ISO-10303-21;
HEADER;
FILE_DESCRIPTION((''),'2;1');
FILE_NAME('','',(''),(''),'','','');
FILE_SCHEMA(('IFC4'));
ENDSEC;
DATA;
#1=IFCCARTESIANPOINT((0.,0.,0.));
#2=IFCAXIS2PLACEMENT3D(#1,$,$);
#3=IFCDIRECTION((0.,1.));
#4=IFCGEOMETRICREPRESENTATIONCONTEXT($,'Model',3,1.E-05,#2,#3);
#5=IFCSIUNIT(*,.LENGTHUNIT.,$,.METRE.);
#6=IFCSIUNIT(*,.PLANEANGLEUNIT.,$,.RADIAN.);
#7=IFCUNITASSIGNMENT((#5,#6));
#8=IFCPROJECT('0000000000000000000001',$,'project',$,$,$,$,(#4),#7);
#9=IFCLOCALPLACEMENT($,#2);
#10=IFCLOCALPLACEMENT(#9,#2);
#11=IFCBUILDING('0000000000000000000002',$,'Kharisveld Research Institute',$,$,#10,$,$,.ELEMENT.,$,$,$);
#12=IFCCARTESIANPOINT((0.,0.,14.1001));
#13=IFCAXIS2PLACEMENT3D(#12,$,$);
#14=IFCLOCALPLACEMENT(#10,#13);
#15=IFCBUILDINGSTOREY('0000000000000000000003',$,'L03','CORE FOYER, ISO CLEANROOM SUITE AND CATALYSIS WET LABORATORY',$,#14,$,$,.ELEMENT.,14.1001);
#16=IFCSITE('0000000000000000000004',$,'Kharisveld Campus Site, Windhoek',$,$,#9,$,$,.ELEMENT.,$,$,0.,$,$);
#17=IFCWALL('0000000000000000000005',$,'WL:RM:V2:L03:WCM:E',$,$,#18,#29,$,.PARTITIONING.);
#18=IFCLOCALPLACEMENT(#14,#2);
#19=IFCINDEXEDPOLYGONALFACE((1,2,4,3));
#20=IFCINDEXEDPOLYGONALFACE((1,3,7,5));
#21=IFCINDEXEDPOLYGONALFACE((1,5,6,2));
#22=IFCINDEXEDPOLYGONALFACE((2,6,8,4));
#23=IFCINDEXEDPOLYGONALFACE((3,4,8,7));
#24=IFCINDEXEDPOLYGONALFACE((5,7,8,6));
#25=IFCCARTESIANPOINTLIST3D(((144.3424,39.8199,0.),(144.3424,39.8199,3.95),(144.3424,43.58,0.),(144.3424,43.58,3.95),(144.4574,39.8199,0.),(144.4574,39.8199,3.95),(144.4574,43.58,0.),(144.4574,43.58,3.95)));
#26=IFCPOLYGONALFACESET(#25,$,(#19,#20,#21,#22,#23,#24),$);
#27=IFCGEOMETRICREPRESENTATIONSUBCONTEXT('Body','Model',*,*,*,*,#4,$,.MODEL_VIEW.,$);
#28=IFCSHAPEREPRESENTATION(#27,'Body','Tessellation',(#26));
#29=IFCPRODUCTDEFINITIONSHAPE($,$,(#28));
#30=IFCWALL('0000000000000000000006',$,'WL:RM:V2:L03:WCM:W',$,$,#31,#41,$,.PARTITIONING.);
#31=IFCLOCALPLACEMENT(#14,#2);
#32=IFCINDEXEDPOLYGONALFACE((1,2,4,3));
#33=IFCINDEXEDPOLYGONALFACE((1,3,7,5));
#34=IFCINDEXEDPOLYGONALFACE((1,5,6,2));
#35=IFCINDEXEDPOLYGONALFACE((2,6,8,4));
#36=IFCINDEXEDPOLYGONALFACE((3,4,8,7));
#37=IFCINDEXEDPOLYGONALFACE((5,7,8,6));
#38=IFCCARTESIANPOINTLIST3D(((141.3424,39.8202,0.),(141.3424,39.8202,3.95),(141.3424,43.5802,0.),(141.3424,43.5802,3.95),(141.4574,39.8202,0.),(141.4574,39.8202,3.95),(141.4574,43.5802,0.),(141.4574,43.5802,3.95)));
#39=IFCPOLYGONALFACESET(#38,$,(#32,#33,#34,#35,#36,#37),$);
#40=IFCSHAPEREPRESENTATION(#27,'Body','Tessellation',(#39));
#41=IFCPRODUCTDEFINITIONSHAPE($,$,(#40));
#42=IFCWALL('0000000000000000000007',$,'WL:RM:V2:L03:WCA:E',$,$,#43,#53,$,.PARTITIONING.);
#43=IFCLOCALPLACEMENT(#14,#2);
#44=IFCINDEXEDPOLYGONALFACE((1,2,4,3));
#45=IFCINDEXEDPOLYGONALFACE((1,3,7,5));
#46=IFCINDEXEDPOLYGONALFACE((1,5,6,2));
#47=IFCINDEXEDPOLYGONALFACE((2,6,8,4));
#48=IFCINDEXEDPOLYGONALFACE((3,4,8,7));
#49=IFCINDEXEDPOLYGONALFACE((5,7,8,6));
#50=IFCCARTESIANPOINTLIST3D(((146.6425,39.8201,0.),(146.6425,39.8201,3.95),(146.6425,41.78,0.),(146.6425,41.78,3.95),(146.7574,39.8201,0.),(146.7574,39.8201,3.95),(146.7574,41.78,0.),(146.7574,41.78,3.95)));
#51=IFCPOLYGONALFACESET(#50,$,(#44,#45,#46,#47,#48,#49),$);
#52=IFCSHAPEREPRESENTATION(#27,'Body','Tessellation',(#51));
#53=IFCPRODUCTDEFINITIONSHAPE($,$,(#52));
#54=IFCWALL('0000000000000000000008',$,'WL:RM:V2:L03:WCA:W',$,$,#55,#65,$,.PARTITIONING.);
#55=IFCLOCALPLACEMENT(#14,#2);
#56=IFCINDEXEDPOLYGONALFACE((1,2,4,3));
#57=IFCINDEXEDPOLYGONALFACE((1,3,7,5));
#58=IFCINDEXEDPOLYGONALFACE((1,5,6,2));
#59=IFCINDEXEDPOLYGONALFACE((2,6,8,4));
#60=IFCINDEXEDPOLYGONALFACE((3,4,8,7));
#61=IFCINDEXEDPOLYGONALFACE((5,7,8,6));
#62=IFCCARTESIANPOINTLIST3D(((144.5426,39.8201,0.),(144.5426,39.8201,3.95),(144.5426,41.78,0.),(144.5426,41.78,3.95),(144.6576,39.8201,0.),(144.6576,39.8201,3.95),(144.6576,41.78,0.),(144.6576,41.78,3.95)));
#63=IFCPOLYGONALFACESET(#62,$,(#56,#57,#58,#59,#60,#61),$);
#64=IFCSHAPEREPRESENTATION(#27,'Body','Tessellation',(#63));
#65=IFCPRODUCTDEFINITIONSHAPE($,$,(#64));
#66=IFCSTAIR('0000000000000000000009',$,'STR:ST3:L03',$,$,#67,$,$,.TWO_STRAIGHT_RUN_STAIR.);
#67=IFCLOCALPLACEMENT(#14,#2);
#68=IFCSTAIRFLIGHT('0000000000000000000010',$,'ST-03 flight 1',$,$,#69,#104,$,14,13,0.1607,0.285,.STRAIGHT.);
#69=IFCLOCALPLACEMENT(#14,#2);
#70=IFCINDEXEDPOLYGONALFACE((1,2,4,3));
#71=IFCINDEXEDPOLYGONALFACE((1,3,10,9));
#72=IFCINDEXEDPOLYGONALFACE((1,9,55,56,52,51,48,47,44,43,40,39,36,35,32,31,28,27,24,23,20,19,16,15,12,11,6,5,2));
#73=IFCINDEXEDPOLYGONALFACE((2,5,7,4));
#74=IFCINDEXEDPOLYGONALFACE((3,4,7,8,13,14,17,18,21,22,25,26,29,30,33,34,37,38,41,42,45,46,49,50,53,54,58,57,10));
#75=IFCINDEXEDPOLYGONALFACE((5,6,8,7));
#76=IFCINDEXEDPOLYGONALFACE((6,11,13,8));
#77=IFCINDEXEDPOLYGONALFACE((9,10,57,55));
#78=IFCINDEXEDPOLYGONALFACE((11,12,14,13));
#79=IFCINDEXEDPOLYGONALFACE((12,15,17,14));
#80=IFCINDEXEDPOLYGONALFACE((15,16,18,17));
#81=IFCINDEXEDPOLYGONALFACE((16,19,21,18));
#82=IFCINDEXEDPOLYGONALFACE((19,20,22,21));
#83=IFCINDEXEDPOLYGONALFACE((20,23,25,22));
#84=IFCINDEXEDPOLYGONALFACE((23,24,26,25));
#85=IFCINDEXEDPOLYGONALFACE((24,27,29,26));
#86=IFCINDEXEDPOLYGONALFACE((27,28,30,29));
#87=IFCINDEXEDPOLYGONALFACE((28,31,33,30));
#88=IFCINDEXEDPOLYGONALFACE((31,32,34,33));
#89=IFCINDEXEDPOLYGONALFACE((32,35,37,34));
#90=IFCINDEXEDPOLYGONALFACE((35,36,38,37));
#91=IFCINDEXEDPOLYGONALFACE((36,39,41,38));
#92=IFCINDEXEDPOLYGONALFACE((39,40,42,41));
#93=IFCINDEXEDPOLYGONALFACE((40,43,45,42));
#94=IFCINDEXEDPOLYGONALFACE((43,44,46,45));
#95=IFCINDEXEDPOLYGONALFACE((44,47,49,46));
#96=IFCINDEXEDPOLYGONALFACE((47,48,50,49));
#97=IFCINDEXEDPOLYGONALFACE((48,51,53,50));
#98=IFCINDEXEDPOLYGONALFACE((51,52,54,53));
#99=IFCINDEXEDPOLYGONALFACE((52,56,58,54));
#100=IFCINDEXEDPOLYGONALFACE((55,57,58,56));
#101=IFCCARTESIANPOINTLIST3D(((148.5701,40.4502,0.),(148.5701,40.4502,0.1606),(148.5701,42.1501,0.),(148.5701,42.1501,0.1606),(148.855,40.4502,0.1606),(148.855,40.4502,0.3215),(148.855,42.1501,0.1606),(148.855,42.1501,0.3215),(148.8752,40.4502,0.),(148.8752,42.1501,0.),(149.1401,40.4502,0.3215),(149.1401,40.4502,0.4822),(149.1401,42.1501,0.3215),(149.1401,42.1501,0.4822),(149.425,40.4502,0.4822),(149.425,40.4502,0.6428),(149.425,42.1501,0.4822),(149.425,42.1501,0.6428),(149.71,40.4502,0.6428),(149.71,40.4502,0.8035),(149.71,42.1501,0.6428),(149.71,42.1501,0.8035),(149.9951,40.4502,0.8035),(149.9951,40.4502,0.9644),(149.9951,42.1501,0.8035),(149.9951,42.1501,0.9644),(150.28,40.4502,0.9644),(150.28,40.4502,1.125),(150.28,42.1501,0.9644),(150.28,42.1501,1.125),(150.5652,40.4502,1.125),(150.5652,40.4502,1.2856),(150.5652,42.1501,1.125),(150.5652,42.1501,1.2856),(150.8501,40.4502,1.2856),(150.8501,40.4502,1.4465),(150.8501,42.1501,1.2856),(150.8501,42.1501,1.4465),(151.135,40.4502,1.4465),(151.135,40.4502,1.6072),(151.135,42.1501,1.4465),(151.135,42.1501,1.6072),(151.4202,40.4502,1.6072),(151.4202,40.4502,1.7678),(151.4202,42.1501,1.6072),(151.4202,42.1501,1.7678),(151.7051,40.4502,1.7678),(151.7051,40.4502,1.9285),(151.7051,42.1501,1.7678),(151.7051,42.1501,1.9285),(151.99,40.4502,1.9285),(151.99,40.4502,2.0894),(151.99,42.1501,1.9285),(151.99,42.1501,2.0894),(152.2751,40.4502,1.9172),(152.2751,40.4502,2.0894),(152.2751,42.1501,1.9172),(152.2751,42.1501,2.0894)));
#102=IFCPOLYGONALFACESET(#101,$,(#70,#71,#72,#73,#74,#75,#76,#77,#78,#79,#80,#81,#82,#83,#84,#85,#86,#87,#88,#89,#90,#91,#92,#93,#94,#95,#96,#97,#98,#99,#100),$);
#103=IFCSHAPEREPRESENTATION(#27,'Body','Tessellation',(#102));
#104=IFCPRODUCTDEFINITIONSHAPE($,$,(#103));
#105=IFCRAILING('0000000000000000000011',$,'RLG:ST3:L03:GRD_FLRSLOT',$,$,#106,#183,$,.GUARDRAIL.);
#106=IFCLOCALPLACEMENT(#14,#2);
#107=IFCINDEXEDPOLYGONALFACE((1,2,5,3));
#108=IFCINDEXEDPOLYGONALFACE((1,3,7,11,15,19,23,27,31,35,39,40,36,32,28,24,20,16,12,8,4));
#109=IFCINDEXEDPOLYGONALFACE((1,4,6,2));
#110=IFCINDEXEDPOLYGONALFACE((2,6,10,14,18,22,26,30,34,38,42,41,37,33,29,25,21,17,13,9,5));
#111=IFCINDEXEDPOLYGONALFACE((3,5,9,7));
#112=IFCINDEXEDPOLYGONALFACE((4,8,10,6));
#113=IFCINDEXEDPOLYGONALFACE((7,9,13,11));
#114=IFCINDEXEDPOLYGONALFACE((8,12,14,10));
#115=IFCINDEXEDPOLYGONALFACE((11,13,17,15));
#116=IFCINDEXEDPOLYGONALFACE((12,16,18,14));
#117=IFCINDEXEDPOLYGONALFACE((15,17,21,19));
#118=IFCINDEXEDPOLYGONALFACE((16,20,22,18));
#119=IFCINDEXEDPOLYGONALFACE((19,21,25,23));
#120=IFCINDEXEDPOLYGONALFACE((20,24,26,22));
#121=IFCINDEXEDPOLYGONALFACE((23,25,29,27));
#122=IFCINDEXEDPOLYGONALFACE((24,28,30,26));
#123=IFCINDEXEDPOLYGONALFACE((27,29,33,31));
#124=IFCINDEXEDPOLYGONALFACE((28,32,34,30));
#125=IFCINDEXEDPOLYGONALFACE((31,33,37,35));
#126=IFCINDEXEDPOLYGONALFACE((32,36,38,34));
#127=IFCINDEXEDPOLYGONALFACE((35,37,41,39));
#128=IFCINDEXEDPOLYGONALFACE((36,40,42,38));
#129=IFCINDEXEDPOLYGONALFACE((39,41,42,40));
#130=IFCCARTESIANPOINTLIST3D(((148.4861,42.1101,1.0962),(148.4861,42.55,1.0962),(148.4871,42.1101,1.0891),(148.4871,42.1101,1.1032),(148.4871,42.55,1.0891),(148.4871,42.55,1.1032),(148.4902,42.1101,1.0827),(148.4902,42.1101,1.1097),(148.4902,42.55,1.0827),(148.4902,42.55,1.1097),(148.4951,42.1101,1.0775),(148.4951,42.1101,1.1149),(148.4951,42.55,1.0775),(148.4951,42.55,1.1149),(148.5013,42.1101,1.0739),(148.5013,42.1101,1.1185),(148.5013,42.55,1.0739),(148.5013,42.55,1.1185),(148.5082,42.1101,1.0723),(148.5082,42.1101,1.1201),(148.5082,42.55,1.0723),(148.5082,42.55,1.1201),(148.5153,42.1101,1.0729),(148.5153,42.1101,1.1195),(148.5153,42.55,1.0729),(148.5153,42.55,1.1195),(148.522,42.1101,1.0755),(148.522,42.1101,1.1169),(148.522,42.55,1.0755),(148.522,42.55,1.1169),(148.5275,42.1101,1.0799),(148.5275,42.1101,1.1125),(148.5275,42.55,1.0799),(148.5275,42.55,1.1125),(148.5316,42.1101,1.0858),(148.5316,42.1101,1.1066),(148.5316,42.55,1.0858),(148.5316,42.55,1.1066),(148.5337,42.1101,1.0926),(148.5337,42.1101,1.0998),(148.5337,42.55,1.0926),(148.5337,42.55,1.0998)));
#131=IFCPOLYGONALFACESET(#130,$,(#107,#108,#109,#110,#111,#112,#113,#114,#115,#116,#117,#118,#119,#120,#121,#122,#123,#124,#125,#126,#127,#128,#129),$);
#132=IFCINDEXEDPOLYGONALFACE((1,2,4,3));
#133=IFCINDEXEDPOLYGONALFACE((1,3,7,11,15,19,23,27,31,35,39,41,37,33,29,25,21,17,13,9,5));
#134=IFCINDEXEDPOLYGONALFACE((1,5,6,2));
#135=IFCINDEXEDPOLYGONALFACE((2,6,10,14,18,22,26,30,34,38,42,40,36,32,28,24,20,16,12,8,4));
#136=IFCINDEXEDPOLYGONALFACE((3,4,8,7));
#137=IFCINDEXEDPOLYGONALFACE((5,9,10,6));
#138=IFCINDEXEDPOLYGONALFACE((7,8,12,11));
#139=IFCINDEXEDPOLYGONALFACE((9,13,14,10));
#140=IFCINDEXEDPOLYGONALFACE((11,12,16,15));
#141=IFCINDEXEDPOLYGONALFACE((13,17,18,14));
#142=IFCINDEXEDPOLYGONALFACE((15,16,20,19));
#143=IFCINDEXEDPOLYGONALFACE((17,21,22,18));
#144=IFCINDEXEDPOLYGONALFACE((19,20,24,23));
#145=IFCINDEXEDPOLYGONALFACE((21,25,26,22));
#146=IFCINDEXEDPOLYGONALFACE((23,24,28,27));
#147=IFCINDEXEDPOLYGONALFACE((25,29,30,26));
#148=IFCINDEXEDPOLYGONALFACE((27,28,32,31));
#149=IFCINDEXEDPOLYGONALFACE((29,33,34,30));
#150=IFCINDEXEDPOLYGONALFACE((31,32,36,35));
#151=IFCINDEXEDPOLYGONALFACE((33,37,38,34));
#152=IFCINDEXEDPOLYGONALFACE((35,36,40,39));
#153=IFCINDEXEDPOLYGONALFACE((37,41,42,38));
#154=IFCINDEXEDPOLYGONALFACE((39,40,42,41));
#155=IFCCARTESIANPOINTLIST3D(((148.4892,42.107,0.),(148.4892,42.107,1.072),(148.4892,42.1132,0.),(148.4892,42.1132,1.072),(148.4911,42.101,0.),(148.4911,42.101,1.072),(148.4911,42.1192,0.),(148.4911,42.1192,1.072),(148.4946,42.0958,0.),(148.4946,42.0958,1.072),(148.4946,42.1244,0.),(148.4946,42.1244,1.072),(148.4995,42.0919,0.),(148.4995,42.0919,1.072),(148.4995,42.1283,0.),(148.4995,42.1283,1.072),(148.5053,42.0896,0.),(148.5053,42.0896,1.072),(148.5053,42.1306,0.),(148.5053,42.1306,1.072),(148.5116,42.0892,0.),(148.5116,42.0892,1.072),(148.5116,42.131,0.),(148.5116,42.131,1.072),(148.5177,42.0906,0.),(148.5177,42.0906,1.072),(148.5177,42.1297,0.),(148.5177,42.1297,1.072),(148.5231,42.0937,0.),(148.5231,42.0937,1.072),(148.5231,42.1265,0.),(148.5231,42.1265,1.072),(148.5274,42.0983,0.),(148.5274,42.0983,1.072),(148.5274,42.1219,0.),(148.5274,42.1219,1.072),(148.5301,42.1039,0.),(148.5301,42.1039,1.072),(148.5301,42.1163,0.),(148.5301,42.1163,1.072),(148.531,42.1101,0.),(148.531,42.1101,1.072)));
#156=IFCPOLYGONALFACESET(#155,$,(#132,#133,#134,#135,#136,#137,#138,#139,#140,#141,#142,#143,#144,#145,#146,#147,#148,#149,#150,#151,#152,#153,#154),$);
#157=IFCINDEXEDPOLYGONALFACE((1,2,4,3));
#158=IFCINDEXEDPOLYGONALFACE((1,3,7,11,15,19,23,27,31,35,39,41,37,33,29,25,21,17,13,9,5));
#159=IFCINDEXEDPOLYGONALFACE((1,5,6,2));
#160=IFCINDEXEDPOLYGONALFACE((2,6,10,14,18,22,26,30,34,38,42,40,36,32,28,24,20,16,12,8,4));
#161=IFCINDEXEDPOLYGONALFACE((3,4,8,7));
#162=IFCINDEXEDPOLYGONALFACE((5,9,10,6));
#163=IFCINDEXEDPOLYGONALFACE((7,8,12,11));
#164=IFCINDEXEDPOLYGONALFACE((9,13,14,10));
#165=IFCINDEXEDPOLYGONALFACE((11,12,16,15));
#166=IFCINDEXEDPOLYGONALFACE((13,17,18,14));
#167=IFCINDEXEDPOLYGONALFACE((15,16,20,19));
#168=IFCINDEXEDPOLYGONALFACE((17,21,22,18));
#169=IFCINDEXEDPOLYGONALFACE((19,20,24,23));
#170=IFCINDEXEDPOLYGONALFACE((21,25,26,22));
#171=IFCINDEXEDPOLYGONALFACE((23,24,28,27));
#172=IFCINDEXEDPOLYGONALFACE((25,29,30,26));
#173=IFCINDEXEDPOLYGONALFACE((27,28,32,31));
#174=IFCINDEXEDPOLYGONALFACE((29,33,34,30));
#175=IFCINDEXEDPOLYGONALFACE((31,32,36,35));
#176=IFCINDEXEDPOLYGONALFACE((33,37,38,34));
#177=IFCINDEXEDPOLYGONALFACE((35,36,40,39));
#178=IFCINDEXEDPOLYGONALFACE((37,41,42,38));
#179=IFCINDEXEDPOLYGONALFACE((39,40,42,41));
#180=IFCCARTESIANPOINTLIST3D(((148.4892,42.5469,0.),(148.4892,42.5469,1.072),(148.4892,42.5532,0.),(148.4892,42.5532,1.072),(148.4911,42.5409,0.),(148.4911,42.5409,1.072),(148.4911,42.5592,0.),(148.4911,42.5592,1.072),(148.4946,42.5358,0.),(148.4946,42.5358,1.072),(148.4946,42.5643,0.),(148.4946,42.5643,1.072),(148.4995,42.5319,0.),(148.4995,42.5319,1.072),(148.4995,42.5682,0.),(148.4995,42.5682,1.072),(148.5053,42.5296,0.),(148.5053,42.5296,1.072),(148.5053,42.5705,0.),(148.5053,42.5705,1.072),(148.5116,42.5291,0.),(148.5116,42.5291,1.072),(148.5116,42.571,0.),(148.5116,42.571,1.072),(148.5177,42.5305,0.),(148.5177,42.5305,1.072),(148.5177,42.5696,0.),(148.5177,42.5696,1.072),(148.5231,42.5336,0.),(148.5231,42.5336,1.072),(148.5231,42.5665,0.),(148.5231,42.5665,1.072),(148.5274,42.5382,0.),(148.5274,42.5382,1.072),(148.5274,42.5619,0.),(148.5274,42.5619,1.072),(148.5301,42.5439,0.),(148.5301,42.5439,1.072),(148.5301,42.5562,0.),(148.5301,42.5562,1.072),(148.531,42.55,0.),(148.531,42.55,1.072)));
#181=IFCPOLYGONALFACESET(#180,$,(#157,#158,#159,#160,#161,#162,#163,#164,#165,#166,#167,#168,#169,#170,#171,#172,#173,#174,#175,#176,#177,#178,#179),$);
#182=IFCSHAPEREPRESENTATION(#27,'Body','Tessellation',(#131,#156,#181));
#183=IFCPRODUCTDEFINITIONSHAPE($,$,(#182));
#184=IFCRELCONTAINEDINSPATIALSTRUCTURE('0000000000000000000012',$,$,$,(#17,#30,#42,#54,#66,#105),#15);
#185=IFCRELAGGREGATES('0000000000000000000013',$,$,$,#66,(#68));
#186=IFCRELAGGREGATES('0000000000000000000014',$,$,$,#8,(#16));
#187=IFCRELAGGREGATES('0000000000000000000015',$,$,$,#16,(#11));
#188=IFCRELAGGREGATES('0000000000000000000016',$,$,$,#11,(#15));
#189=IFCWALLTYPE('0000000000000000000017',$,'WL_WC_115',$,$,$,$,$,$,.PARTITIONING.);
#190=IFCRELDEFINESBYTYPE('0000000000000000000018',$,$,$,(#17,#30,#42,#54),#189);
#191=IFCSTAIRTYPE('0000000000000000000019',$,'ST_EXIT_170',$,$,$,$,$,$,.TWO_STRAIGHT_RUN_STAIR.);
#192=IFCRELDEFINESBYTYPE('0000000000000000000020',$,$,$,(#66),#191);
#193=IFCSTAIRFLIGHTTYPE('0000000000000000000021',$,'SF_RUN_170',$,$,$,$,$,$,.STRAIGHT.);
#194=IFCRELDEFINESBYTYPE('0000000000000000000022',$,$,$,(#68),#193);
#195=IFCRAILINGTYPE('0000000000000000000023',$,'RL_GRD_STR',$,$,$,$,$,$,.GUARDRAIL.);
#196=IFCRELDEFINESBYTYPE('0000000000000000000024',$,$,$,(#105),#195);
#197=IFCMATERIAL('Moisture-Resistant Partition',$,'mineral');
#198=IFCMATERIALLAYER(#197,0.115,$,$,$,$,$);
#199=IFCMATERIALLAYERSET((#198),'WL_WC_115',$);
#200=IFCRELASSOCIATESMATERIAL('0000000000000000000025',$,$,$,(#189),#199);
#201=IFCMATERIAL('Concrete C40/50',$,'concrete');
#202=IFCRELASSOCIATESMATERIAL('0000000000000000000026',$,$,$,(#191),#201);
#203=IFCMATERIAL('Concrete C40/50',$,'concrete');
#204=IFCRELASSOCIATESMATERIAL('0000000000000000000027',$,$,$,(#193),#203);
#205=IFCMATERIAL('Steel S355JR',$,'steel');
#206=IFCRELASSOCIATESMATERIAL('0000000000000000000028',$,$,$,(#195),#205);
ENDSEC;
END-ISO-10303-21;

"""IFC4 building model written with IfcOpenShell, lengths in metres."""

from ifc_helpers import new_model, si_unit, direction, frame, frame_2d, origin, origin_2d, place, context, subcontext, project, spatial, polyline, rectangle, circle, outline, extrude, material, layer, layer_set, type_object, element, aggregate, save


model = new_model("IFC4")

# Units and contexts
model_context = context("Model", 3, precision=1e-05, world=origin(), true_north=direction((0.0, 1.0)))
body_context = subcontext(model_context, "Body", "Model", "MODEL_VIEW")
ifc_project = project(units=[si_unit("LENGTHUNIT", "METRE"), si_unit("PLANEANGLEUNIT", "RADIAN")], contexts=[model_context])

# Site, building, storey
site_placement = place(None, origin())
site = spatial("IfcSite", under=ifc_project, at=site_placement, Name="Kharisveld Campus Site, Windhoek", CompositionType="ELEMENT", RefElevation=0.0)
building_placement = place(site_placement, origin())
building = spatial("IfcBuilding", under=site, at=building_placement, Name="Kharisveld Research Institute", CompositionType="ELEMENT")
storey_placement = place(building_placement, frame((0.0, 0.0, 14.1001)))
storey = spatial("IfcBuildingStorey", under=building, at=storey_placement, Name="L03", Description="CORE FOYER, ISO CLEANROOM SUITE AND CATALYSIS WET LABORATORY", CompositionType="ELEMENT", Elevation=14.1001)

# Wall
ifc_material_1 = material(Name="Moisture-Resistant Partition", Category="mineral")
ifc_layer_1 = layer(ifc_material_1, 0.115)
ifc_layer_set_1 = layer_set([ifc_layer_1], Name="WL_WC_115")
wall_type_1 = type_object("IfcWallType", Name="WL_WC_115", PredefinedType="PARTITIONING", material=ifc_layer_set_1)
wall_1_placement = place(storey_placement, frame((144.3999, 39.8201, 0.0), z_axis=(0.0, 0.0, 1.0), x_axis=(0.0, 1.0, 0.0)))
element("IfcWall", 1, at=wall_1_placement, inside=storey, type_object=wall_type_1, Name="WL:RM:V2:L03:WCM:E", PredefinedType="PARTITIONING", context=body_context, shape_type="SweptSolid", body=[
    extrude(rectangle(XDim=3.76, YDim=0.115, at=frame_2d((1.8799, 0.0))), origin(), (0.0, 0.0, 1.0), 3.95),
])

# Walls
wall_2_placement = place(storey_placement, frame((141.3999, 43.5801, 0.0), z_axis=(0.0, 0.0, 1.0), x_axis=(0.0, -1.0, 0.0)))
element("IfcWall", 2, at=wall_2_placement, inside=storey, type_object=wall_type_1, Name="WL:RM:V2:L03:WCM:W", PredefinedType="PARTITIONING", context=body_context, shape_type="SweptSolid", body=[
    extrude(rectangle(XDim=3.76, YDim=0.115, at=frame_2d((1.8799, 0.0))), origin(), (0.0, 0.0, 1.0), 3.95),
])
wall_3_placement = place(storey_placement, frame((146.7, 39.8201, 0.0), z_axis=(0.0, 0.0, 1.0), x_axis=(0.0, 1.0, 0.0)))
element("IfcWall", 3, at=wall_3_placement, inside=storey, type_object=wall_type_1, Name="WL:RM:V2:L03:WCA:E", PredefinedType="PARTITIONING", context=body_context, shape_type="SweptSolid", body=[
    extrude(rectangle(XDim=1.96, YDim=0.115, at=frame_2d((0.98, 0.0))), origin(), (0.0, 0.0, 1.0), 3.95),
])

# Wall
wall_4_placement = place(storey_placement, frame((144.6001, 41.78, 0.0), z_axis=(0.0, 0.0, 1.0), x_axis=(0.0, -1.0, 0.0)))
element("IfcWall", 4, at=wall_4_placement, inside=storey, type_object=wall_type_1, Name="WL:RM:V2:L03:WCA:W", PredefinedType="PARTITIONING", context=body_context, shape_type="SweptSolid", body=[
    extrude(rectangle(XDim=1.96, YDim=0.115, at=frame_2d((0.98, 0.0))), origin(), (0.0, 0.0, 1.0), 3.95),
])

# Stair, stair flight
ifc_material_2 = material(Name="Concrete C40/50", Category="concrete")
stair_type = type_object("IfcStairType", Name="ST_EXIT_170", PredefinedType="TWO_STRAIGHT_RUN_STAIR", material=ifc_material_2)
stair_placement = place(storey_placement, origin())
stair = element("IfcStair", 5, at=stair_placement, inside=storey, type_object=stair_type, Name="STR:ST3:L03", PredefinedType="TWO_STRAIGHT_RUN_STAIR")
ifc_material_3 = material(Name="Concrete C40/50", Category="concrete")
stair_flight_type = type_object("IfcStairFlightType", Name="SF_RUN_170", PredefinedType="STRAIGHT", material=ifc_material_3)
stair_flight_placement = place(storey_placement, frame((148.5701, 41.3, 0.0), z_axis=(0.0, 0.0, 1.0), x_axis=(1.0, 0.0, 0.0)))
stair_flight = element("IfcStairFlight", 6, at=stair_flight_placement, type_object=stair_flight_type, Name="ST-03 flight 1", NumberOfRisers=14, NumberOfTreads=13, PredefinedType="STRAIGHT", RiserHeight=0.1607, TreadLength=0.285, context=body_context, shape_type="SweptSolid", body=[
    extrude(outline(polyline([(0.0, 0.0), (0.0, 0.1606), (0.2849, 0.1606), (0.2849, 0.3215), (0.5701, 0.3215), (0.5701, 0.4822), (0.855, 0.4822), (0.855, 0.6428), (1.1399, 0.6428), (1.1399, 0.8035), (1.425, 0.8035), (1.425, 0.9644), (1.71, 0.9644), (1.71, 1.125), (1.9951, 1.125), (1.9951, 1.2856), (2.28, 1.2856), (2.28, 1.4465), (2.5649, 1.4465), (2.5649, 1.6072), (2.8501, 1.6072), (2.8501, 1.7678), (3.135, 1.7678), (3.135, 1.9285), (3.4199, 1.9285), (3.4199, 2.0894), (3.7051, 2.0894), (3.7051, 2.25), (3.7051, 1.9172), (0.3052, 0.0), (0.0, 0.0)])), frame((0.0, 0.8501, 0.0), z_axis=(0.0, -1.0, 0.0), x_axis=(1.0, 0.0, 0.0)), (0.0, 0.0, 1.0), 1.7),
])
aggregate(stair, [stair_flight])

# Railing
ifc_material_4 = material(Name="Steel S355JR", Category="steel")
railing_type_1 = type_object("IfcRailingType", Name="RL_GRD_STR", PredefinedType="GUARDRAIL", material=ifc_material_4)
railing_1_placement = place(storey_placement, frame((148.51, 42.1101, 0.0)))
element("IfcRailing", 7, at=railing_1_placement, inside=storey, type_object=railing_type_1, Name="RLG:ST3:L03:GRD_FLRSLOT", PredefinedType="GUARDRAIL", context=body_context, shape_type="SweptSolid", body=[
    extrude(circle(Radius=0.0239, at=origin_2d()), frame((0.0, 0.0, 1.0962), z_axis=(0.0, 1.0, 0.0), x_axis=(-1.0, 0.0, 0.0)), (0.0, 0.0, 1.0), 0.4399),
    extrude(circle(Radius=0.021, at=origin_2d()), origin(), (0.0, 0.0, 1.0), 1.072),
    extrude(circle(Radius=0.021, at=origin_2d()), frame((0.0, 0.4399, 0.0)), (0.0, 0.0, 1.0), 1.072),
])

save(model, "model.ifc")
